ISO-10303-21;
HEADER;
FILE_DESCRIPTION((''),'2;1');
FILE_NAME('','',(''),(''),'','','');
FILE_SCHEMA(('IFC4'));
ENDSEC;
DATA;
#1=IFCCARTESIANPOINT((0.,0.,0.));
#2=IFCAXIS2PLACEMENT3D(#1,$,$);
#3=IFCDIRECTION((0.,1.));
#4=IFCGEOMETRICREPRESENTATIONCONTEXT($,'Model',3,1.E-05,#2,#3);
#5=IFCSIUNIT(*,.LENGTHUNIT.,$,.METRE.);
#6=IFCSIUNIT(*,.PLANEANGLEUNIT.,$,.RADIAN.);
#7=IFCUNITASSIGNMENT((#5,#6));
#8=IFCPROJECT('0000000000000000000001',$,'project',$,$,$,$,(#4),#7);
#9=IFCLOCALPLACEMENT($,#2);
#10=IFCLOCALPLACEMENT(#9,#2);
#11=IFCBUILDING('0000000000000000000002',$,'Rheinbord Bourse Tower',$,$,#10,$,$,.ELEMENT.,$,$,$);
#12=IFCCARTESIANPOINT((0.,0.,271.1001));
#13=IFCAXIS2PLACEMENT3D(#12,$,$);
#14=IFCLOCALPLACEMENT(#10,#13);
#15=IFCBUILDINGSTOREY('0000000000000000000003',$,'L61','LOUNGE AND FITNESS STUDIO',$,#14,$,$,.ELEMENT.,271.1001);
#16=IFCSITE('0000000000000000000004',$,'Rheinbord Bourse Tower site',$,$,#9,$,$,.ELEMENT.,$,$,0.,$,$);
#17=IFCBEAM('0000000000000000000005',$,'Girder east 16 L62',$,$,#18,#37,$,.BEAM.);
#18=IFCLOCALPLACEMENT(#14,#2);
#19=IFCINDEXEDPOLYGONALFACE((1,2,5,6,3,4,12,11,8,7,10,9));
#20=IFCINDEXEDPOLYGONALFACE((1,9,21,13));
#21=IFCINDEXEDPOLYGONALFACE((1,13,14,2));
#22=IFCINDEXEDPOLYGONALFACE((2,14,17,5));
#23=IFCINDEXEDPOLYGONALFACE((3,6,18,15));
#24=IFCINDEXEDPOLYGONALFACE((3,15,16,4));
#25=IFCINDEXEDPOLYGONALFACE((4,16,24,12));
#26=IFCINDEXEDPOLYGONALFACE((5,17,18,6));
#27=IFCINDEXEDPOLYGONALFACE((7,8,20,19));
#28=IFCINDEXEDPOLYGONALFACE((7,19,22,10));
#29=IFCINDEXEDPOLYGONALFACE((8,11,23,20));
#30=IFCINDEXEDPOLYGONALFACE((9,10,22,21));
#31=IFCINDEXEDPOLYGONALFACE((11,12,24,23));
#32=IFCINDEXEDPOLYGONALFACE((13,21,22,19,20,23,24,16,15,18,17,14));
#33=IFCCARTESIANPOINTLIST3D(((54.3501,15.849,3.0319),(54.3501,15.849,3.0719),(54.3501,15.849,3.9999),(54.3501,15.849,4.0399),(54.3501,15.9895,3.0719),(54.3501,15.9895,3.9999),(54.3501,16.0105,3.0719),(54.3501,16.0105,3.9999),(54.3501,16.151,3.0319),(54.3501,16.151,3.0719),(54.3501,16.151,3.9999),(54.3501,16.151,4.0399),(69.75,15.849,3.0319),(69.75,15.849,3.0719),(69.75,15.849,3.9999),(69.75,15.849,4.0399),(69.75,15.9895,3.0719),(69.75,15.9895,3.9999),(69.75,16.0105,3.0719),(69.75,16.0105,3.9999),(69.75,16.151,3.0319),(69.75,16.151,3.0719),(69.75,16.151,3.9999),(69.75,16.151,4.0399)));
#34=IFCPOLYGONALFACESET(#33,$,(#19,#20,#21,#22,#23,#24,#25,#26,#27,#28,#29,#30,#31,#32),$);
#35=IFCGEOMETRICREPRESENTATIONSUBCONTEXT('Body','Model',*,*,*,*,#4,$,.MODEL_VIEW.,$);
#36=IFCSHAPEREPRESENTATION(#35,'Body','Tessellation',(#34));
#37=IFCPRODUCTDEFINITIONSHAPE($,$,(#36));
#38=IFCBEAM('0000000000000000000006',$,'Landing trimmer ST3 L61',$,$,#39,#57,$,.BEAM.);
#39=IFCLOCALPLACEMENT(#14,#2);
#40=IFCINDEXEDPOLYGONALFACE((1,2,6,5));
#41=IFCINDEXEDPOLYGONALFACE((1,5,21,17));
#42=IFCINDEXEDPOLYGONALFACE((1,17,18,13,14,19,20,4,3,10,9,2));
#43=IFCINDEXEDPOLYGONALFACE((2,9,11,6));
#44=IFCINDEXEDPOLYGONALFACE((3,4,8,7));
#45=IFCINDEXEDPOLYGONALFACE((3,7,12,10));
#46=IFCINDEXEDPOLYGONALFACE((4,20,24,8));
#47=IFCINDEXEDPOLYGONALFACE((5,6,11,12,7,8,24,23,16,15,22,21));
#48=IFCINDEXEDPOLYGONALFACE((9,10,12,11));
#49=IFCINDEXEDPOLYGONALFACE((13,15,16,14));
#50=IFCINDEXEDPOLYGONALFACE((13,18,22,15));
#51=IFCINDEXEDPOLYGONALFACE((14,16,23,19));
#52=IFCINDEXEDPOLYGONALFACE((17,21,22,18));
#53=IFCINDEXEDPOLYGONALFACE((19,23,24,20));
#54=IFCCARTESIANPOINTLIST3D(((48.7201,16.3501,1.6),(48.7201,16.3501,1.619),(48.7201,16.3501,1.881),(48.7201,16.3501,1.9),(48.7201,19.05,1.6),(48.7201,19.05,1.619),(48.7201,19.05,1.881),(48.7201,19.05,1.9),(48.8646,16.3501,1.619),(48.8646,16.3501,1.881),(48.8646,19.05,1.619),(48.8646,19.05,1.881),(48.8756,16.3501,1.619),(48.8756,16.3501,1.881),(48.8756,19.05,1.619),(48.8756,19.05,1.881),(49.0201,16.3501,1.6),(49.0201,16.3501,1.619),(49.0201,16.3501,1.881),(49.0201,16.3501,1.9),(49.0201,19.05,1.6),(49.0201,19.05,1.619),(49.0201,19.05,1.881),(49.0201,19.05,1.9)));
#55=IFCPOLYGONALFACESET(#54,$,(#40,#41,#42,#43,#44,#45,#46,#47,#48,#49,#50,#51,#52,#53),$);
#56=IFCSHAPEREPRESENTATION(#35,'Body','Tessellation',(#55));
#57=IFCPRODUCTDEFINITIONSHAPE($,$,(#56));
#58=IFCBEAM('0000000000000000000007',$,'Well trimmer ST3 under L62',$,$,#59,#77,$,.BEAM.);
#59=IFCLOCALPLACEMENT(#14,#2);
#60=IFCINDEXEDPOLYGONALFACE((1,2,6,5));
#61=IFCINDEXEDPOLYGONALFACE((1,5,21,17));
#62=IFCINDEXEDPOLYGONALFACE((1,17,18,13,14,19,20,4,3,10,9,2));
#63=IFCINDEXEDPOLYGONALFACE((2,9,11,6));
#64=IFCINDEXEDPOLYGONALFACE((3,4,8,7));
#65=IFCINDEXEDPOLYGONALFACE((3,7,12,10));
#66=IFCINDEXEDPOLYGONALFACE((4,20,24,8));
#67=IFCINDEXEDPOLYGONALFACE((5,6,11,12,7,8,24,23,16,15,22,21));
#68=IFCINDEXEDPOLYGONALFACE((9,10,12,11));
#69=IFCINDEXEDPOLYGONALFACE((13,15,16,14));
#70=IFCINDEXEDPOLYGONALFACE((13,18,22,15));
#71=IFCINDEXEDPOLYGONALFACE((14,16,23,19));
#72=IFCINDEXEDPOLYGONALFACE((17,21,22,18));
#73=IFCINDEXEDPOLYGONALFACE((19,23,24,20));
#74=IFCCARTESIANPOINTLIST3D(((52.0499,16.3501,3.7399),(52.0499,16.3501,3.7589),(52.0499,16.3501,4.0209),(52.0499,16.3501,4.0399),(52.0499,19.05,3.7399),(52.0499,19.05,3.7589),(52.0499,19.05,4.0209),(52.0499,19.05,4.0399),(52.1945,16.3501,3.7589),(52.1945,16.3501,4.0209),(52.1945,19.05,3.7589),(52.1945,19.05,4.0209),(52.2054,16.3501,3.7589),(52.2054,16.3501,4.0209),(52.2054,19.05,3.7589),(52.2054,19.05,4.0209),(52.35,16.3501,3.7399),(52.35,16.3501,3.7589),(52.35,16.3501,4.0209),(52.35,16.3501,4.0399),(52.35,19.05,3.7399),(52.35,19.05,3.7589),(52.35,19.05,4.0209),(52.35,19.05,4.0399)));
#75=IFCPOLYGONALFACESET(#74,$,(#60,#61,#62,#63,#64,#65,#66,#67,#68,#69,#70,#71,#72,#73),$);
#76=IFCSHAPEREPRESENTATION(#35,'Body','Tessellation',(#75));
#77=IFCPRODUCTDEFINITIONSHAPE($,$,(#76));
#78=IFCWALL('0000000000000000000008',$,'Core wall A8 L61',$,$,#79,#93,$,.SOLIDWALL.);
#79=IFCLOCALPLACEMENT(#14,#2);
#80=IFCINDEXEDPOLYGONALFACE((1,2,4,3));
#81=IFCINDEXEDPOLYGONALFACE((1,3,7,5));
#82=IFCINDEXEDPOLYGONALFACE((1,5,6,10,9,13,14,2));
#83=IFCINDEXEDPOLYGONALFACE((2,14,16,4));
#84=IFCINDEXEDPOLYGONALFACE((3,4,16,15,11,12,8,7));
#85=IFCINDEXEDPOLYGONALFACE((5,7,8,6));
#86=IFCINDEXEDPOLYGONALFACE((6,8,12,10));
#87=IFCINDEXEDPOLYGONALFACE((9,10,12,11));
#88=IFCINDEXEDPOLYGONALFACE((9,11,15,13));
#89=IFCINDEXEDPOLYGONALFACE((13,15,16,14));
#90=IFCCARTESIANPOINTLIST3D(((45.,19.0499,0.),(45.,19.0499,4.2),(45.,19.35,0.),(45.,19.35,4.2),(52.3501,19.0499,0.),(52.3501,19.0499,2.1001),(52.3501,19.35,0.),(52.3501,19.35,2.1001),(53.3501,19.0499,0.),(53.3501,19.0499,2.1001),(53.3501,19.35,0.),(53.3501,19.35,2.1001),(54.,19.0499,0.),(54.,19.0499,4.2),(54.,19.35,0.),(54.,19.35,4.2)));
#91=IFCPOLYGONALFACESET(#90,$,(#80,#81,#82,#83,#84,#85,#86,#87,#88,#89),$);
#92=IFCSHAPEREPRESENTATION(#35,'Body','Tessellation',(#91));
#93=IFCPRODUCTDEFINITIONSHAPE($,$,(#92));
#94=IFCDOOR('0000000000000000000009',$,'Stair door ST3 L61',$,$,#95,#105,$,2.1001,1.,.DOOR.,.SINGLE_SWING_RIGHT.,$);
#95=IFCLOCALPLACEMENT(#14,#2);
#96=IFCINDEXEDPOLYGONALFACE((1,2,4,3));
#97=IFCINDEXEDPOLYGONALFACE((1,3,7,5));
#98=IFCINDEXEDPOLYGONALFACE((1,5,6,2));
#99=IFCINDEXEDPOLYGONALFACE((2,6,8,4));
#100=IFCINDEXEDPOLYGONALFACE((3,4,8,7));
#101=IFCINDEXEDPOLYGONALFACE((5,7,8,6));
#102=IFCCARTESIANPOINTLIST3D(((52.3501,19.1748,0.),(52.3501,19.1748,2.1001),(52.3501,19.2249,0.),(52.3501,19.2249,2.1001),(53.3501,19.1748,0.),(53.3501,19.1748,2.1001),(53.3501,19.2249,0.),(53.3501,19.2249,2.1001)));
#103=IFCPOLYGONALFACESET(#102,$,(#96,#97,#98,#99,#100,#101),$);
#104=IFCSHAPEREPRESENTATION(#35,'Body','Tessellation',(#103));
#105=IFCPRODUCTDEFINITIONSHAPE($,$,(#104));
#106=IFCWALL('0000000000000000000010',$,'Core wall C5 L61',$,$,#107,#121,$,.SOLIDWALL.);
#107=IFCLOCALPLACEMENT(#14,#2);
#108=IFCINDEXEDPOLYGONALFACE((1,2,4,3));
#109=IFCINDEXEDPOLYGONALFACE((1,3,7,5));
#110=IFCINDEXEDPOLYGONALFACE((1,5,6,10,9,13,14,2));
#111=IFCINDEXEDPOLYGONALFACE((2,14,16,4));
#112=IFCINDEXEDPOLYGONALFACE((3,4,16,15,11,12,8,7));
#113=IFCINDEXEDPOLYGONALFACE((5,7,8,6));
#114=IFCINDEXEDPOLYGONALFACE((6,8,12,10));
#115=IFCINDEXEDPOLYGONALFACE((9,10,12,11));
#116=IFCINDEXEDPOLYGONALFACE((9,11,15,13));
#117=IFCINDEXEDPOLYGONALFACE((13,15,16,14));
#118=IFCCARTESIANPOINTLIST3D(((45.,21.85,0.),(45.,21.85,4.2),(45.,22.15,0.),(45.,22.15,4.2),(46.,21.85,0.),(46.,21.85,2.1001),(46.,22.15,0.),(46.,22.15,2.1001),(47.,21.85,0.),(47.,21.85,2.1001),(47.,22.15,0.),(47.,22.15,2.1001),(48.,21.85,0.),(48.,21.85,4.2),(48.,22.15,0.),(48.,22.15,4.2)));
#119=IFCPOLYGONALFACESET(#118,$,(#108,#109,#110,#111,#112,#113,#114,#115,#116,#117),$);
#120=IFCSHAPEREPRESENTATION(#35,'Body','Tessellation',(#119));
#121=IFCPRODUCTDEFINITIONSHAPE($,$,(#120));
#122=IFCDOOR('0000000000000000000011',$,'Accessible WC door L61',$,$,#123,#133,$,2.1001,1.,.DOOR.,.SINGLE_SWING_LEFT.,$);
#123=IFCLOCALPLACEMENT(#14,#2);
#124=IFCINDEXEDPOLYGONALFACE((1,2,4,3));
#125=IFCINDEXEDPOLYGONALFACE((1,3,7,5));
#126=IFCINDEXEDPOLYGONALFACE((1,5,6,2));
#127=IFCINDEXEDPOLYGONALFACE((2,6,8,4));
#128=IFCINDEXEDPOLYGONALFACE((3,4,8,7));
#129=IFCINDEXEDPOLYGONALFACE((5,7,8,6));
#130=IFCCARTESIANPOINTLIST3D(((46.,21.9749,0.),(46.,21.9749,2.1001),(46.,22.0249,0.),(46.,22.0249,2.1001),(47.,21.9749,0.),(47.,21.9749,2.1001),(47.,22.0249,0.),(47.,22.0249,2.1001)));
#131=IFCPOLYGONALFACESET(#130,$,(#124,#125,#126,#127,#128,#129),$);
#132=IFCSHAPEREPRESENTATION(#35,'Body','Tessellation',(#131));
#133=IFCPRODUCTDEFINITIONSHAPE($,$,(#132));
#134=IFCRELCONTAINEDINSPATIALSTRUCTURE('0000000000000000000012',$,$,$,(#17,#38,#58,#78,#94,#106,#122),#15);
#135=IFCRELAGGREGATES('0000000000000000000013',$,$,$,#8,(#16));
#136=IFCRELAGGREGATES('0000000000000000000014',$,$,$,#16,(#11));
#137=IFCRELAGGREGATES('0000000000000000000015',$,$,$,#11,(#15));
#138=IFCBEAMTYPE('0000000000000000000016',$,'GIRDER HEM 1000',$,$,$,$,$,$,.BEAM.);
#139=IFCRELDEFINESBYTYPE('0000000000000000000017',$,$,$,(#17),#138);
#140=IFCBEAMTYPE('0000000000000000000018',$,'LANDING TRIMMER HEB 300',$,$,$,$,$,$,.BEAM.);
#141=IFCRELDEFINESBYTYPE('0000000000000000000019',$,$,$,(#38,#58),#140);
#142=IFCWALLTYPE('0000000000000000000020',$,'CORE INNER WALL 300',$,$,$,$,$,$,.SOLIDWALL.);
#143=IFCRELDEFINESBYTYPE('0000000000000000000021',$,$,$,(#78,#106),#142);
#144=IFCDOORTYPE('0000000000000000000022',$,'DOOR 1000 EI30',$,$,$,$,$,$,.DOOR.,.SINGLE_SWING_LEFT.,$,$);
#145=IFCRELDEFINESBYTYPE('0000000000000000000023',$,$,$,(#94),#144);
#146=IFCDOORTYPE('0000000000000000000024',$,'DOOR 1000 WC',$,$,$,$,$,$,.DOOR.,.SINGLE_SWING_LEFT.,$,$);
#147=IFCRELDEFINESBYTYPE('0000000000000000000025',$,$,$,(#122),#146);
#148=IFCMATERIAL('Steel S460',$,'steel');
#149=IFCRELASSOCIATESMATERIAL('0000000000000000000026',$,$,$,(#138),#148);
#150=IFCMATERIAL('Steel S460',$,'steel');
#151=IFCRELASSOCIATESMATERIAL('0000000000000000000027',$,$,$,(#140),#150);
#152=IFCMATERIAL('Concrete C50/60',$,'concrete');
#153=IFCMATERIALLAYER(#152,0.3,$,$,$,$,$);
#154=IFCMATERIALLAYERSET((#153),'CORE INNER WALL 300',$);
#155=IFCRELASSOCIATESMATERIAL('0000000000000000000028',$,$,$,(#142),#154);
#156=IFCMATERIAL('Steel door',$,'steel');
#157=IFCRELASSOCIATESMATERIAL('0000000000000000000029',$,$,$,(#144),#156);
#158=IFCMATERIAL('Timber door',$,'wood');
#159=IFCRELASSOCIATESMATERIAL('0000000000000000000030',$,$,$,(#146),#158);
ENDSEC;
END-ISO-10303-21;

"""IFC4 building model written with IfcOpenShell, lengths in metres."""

from ifc_helpers import new_model, si_unit, direction, frame, frame_2d, origin, origin_2d, place, context, subcontext, project, spatial, rectangle, i_section, extrude, material, layer, layer_set, material_profile, profile_set, type_object, element, fill, save


model = new_model("IFC4")

# Units and contexts
model_context = context("Model", 3, precision=1e-05, world=origin(), true_north=direction((0.0, 1.0)))
body_context = subcontext(model_context, "Body", "Model", "MODEL_VIEW")
ifc_project = project(units=[si_unit("LENGTHUNIT", "METRE"), si_unit("PLANEANGLEUNIT", "RADIAN")], contexts=[model_context])

# Site, building, storey
site_placement = place(None, origin())
site = spatial("IfcSite", under=ifc_project, at=site_placement, Name="Rheinbord Bourse Tower site", CompositionType="ELEMENT", RefElevation=0.0)
building_placement = place(site_placement, origin())
building = spatial("IfcBuilding", under=site, at=building_placement, Name="Rheinbord Bourse Tower", CompositionType="ELEMENT")
storey_placement = place(building_placement, frame((0.0, 0.0, 271.1001)))
storey = spatial("IfcBuildingStorey", under=building, at=storey_placement, Name="L61", Description="LOUNGE AND FITNESS STUDIO", CompositionType="ELEMENT", Elevation=271.1001)

# Beams
ifc_material_1 = material(Name="Steel S460", Category="steel")
ifc_material_profile_1 = material_profile(ifc_material_1, i_section(OverallWidth=0.302, OverallDepth=1.0081, WebThickness=0.021, FlangeThickness=0.04, at=origin_2d()), Name="HEM 1000")
ifc_profile_set_1 = profile_set([ifc_material_profile_1], Name="Steel S460")
beam_type_1 = type_object("IfcBeamType", Name="GIRDER HEM 1000", PredefinedType="BEAM", material=ifc_profile_set_1)
beam_placement = place(storey_placement, frame((54.3501, 16.0, 3.5359), z_axis=(1.0, 0.0, 0.0), x_axis=(0.0, 1.0, 0.0)))
element("IfcBeam", 1, at=beam_placement, inside=storey, type_object=beam_type_1, Name="Girder east 16 L62", PredefinedType="BEAM", context=body_context, shape_type="SweptSolid", body=[
    extrude(i_section(OverallWidth=0.302, OverallDepth=1.0081, WebThickness=0.021, FlangeThickness=0.04, at=origin_2d()), origin(), (0.0, 0.0, 1.0), 15.3999),
])
ifc_material_2 = material(Name="Steel S460", Category="steel")
ifc_material_profile_2 = material_profile(ifc_material_2, i_section(OverallWidth=0.3, OverallDepth=0.3, WebThickness=0.011, FlangeThickness=0.019, at=origin_2d()), Name="HEB 300")
ifc_profile_set_2 = profile_set([ifc_material_profile_2], Name="Steel S460")
beam_type_2 = type_object("IfcBeamType", Name="LANDING TRIMMER HEB 300", PredefinedType="BEAM", material=ifc_profile_set_2)
for number, where, z_axis, x_axis, name in (
    (2, (48.8701, 16.3501, 1.75), (0.0, 1.0, 0.0), (-1.0, 0.0, 0.0), "Landing trimmer ST3 L61"),
    (3, (52.2, 16.3501, 3.8899), (0.0, 1.0, 0.0), (-1.0, 0.0, 0.0), "Well trimmer ST3 under L62"),
):
    element("IfcBeam", number, at=place(storey_placement, frame(where, z_axis=z_axis, x_axis=x_axis)), inside=storey, type_object=beam_type_2, Name=name, PredefinedType="BEAM", context=body_context, shape_type="SweptSolid", body=[
        extrude(i_section(OverallWidth=0.3, OverallDepth=0.3, WebThickness=0.011, FlangeThickness=0.019, at=origin_2d()), origin(), (0.0, 0.0, 1.0), 2.7),
    ])

# Walls, openings, doors
ifc_material_3 = material(Name="Concrete C50/60", Category="concrete")
ifc_layer_1 = layer(ifc_material_3, 0.3)
ifc_layer_set_1 = layer_set([ifc_layer_1], Name="CORE INNER WALL 300")
wall_type_1 = type_object("IfcWallType", Name="CORE INNER WALL 300", PredefinedType="SOLIDWALL", material=ifc_layer_set_1)
wall_1_placement = place(storey_placement, frame((45.0, 19.2, 0.0), z_axis=(0.0, 0.0, 1.0), x_axis=(1.0, 0.0, 0.0)))
wall_1 = element("IfcWall", 4, at=wall_1_placement, inside=storey, type_object=wall_type_1, Name="Core wall A8 L61", PredefinedType="SOLIDWALL", context=body_context, shape_type="SweptSolid", body=[
    extrude(rectangle(XDim=9.0, YDim=0.3, at=frame_2d((4.5, 0.0))), origin(), (0.0, 0.0, 1.0), 4.2),
])
opening_1_placement = place(wall_1_placement, frame((7.3501, 0.0, 0.0)))
opening_1 = element("IfcOpeningElement", 5, at=opening_1_placement, cuts=wall_1, PredefinedType="OPENING", context=body_context, shape_type="SweptSolid", body=[
    extrude(rectangle(XDim=1.0, YDim=2.1001, at=frame_2d((0.5, 1.05))), frame((0.0, 0.1599, 0.0), z_axis=(0.0, -1.0, 0.0), x_axis=(1.0, 0.0, 0.0)), (0.0, 0.0, 1.0), 0.3201),
])
ifc_material_4 = material(Name="Steel door", Category="steel")
door_type_1 = type_object("IfcDoorType", Name="DOOR 1000 EI30", OperationType="SINGLE_SWING_LEFT", PredefinedType="DOOR", material=ifc_material_4)
door_1_placement = place(opening_1_placement, origin())
door_1 = element("IfcDoor", 6, at=door_1_placement, inside=storey, type_object=door_type_1, Name="Stair door ST3 L61", OperationType="SINGLE_SWING_RIGHT", OverallHeight=2.1001, OverallWidth=1.0, PredefinedType="DOOR", context=body_context, shape_type="SweptSolid", body=[
    extrude(rectangle(XDim=1.0, YDim=2.1001, at=frame_2d((0.5, 1.05))), frame((0.0, 0.0249, 0.0), z_axis=(0.0, -1.0, 0.0), x_axis=(1.0, 0.0, 0.0)), (0.0, 0.0, 1.0), 0.05),
])
fill(opening_1, door_1)
wall_2_placement = place(storey_placement, frame((45.0, 22.0, 0.0), z_axis=(0.0, 0.0, 1.0), x_axis=(1.0, 0.0, 0.0)))
wall_2 = element("IfcWall", 7, at=wall_2_placement, inside=storey, type_object=wall_type_1, Name="Core wall C5 L61", PredefinedType="SOLIDWALL", context=body_context, shape_type="SweptSolid", body=[
    extrude(rectangle(XDim=3.0, YDim=0.3, at=frame_2d((1.5, 0.0))), origin(), (0.0, 0.0, 1.0), 4.2),
])
opening_2_placement = place(wall_2_placement, frame((1.0, 0.0, 0.0)))
opening_2 = element("IfcOpeningElement", 8, at=opening_2_placement, cuts=wall_2, PredefinedType="OPENING", context=body_context, shape_type="SweptSolid", body=[
    extrude(rectangle(XDim=1.0, YDim=2.1001, at=frame_2d((0.5, 1.05))), frame((0.0, 0.1599, 0.0), z_axis=(0.0, -1.0, 0.0), x_axis=(1.0, 0.0, 0.0)), (0.0, 0.0, 1.0), 0.3201),
])
ifc_material_5 = material(Name="Timber door", Category="wood")
door_type_2 = type_object("IfcDoorType", Name="DOOR 1000 WC", OperationType="SINGLE_SWING_LEFT", PredefinedType="DOOR", material=ifc_material_5)
door_2_placement = place(opening_2_placement, origin())
door_2 = element("IfcDoor", 9, at=door_2_placement, inside=storey, type_object=door_type_2, Name="Accessible WC door L61", OperationType="SINGLE_SWING_LEFT", OverallHeight=2.1001, OverallWidth=1.0, PredefinedType="DOOR", context=body_context, shape_type="SweptSolid", body=[
    extrude(rectangle(XDim=1.0, YDim=2.1001, at=frame_2d((0.5, 1.05))), frame((0.0, 0.0249, 0.0), z_axis=(0.0, -1.0, 0.0), x_axis=(1.0, 0.0, 0.0)), (0.0, 0.0, 1.0), 0.05),
])
fill(opening_2, door_2)

save(model, "model.ifc")
